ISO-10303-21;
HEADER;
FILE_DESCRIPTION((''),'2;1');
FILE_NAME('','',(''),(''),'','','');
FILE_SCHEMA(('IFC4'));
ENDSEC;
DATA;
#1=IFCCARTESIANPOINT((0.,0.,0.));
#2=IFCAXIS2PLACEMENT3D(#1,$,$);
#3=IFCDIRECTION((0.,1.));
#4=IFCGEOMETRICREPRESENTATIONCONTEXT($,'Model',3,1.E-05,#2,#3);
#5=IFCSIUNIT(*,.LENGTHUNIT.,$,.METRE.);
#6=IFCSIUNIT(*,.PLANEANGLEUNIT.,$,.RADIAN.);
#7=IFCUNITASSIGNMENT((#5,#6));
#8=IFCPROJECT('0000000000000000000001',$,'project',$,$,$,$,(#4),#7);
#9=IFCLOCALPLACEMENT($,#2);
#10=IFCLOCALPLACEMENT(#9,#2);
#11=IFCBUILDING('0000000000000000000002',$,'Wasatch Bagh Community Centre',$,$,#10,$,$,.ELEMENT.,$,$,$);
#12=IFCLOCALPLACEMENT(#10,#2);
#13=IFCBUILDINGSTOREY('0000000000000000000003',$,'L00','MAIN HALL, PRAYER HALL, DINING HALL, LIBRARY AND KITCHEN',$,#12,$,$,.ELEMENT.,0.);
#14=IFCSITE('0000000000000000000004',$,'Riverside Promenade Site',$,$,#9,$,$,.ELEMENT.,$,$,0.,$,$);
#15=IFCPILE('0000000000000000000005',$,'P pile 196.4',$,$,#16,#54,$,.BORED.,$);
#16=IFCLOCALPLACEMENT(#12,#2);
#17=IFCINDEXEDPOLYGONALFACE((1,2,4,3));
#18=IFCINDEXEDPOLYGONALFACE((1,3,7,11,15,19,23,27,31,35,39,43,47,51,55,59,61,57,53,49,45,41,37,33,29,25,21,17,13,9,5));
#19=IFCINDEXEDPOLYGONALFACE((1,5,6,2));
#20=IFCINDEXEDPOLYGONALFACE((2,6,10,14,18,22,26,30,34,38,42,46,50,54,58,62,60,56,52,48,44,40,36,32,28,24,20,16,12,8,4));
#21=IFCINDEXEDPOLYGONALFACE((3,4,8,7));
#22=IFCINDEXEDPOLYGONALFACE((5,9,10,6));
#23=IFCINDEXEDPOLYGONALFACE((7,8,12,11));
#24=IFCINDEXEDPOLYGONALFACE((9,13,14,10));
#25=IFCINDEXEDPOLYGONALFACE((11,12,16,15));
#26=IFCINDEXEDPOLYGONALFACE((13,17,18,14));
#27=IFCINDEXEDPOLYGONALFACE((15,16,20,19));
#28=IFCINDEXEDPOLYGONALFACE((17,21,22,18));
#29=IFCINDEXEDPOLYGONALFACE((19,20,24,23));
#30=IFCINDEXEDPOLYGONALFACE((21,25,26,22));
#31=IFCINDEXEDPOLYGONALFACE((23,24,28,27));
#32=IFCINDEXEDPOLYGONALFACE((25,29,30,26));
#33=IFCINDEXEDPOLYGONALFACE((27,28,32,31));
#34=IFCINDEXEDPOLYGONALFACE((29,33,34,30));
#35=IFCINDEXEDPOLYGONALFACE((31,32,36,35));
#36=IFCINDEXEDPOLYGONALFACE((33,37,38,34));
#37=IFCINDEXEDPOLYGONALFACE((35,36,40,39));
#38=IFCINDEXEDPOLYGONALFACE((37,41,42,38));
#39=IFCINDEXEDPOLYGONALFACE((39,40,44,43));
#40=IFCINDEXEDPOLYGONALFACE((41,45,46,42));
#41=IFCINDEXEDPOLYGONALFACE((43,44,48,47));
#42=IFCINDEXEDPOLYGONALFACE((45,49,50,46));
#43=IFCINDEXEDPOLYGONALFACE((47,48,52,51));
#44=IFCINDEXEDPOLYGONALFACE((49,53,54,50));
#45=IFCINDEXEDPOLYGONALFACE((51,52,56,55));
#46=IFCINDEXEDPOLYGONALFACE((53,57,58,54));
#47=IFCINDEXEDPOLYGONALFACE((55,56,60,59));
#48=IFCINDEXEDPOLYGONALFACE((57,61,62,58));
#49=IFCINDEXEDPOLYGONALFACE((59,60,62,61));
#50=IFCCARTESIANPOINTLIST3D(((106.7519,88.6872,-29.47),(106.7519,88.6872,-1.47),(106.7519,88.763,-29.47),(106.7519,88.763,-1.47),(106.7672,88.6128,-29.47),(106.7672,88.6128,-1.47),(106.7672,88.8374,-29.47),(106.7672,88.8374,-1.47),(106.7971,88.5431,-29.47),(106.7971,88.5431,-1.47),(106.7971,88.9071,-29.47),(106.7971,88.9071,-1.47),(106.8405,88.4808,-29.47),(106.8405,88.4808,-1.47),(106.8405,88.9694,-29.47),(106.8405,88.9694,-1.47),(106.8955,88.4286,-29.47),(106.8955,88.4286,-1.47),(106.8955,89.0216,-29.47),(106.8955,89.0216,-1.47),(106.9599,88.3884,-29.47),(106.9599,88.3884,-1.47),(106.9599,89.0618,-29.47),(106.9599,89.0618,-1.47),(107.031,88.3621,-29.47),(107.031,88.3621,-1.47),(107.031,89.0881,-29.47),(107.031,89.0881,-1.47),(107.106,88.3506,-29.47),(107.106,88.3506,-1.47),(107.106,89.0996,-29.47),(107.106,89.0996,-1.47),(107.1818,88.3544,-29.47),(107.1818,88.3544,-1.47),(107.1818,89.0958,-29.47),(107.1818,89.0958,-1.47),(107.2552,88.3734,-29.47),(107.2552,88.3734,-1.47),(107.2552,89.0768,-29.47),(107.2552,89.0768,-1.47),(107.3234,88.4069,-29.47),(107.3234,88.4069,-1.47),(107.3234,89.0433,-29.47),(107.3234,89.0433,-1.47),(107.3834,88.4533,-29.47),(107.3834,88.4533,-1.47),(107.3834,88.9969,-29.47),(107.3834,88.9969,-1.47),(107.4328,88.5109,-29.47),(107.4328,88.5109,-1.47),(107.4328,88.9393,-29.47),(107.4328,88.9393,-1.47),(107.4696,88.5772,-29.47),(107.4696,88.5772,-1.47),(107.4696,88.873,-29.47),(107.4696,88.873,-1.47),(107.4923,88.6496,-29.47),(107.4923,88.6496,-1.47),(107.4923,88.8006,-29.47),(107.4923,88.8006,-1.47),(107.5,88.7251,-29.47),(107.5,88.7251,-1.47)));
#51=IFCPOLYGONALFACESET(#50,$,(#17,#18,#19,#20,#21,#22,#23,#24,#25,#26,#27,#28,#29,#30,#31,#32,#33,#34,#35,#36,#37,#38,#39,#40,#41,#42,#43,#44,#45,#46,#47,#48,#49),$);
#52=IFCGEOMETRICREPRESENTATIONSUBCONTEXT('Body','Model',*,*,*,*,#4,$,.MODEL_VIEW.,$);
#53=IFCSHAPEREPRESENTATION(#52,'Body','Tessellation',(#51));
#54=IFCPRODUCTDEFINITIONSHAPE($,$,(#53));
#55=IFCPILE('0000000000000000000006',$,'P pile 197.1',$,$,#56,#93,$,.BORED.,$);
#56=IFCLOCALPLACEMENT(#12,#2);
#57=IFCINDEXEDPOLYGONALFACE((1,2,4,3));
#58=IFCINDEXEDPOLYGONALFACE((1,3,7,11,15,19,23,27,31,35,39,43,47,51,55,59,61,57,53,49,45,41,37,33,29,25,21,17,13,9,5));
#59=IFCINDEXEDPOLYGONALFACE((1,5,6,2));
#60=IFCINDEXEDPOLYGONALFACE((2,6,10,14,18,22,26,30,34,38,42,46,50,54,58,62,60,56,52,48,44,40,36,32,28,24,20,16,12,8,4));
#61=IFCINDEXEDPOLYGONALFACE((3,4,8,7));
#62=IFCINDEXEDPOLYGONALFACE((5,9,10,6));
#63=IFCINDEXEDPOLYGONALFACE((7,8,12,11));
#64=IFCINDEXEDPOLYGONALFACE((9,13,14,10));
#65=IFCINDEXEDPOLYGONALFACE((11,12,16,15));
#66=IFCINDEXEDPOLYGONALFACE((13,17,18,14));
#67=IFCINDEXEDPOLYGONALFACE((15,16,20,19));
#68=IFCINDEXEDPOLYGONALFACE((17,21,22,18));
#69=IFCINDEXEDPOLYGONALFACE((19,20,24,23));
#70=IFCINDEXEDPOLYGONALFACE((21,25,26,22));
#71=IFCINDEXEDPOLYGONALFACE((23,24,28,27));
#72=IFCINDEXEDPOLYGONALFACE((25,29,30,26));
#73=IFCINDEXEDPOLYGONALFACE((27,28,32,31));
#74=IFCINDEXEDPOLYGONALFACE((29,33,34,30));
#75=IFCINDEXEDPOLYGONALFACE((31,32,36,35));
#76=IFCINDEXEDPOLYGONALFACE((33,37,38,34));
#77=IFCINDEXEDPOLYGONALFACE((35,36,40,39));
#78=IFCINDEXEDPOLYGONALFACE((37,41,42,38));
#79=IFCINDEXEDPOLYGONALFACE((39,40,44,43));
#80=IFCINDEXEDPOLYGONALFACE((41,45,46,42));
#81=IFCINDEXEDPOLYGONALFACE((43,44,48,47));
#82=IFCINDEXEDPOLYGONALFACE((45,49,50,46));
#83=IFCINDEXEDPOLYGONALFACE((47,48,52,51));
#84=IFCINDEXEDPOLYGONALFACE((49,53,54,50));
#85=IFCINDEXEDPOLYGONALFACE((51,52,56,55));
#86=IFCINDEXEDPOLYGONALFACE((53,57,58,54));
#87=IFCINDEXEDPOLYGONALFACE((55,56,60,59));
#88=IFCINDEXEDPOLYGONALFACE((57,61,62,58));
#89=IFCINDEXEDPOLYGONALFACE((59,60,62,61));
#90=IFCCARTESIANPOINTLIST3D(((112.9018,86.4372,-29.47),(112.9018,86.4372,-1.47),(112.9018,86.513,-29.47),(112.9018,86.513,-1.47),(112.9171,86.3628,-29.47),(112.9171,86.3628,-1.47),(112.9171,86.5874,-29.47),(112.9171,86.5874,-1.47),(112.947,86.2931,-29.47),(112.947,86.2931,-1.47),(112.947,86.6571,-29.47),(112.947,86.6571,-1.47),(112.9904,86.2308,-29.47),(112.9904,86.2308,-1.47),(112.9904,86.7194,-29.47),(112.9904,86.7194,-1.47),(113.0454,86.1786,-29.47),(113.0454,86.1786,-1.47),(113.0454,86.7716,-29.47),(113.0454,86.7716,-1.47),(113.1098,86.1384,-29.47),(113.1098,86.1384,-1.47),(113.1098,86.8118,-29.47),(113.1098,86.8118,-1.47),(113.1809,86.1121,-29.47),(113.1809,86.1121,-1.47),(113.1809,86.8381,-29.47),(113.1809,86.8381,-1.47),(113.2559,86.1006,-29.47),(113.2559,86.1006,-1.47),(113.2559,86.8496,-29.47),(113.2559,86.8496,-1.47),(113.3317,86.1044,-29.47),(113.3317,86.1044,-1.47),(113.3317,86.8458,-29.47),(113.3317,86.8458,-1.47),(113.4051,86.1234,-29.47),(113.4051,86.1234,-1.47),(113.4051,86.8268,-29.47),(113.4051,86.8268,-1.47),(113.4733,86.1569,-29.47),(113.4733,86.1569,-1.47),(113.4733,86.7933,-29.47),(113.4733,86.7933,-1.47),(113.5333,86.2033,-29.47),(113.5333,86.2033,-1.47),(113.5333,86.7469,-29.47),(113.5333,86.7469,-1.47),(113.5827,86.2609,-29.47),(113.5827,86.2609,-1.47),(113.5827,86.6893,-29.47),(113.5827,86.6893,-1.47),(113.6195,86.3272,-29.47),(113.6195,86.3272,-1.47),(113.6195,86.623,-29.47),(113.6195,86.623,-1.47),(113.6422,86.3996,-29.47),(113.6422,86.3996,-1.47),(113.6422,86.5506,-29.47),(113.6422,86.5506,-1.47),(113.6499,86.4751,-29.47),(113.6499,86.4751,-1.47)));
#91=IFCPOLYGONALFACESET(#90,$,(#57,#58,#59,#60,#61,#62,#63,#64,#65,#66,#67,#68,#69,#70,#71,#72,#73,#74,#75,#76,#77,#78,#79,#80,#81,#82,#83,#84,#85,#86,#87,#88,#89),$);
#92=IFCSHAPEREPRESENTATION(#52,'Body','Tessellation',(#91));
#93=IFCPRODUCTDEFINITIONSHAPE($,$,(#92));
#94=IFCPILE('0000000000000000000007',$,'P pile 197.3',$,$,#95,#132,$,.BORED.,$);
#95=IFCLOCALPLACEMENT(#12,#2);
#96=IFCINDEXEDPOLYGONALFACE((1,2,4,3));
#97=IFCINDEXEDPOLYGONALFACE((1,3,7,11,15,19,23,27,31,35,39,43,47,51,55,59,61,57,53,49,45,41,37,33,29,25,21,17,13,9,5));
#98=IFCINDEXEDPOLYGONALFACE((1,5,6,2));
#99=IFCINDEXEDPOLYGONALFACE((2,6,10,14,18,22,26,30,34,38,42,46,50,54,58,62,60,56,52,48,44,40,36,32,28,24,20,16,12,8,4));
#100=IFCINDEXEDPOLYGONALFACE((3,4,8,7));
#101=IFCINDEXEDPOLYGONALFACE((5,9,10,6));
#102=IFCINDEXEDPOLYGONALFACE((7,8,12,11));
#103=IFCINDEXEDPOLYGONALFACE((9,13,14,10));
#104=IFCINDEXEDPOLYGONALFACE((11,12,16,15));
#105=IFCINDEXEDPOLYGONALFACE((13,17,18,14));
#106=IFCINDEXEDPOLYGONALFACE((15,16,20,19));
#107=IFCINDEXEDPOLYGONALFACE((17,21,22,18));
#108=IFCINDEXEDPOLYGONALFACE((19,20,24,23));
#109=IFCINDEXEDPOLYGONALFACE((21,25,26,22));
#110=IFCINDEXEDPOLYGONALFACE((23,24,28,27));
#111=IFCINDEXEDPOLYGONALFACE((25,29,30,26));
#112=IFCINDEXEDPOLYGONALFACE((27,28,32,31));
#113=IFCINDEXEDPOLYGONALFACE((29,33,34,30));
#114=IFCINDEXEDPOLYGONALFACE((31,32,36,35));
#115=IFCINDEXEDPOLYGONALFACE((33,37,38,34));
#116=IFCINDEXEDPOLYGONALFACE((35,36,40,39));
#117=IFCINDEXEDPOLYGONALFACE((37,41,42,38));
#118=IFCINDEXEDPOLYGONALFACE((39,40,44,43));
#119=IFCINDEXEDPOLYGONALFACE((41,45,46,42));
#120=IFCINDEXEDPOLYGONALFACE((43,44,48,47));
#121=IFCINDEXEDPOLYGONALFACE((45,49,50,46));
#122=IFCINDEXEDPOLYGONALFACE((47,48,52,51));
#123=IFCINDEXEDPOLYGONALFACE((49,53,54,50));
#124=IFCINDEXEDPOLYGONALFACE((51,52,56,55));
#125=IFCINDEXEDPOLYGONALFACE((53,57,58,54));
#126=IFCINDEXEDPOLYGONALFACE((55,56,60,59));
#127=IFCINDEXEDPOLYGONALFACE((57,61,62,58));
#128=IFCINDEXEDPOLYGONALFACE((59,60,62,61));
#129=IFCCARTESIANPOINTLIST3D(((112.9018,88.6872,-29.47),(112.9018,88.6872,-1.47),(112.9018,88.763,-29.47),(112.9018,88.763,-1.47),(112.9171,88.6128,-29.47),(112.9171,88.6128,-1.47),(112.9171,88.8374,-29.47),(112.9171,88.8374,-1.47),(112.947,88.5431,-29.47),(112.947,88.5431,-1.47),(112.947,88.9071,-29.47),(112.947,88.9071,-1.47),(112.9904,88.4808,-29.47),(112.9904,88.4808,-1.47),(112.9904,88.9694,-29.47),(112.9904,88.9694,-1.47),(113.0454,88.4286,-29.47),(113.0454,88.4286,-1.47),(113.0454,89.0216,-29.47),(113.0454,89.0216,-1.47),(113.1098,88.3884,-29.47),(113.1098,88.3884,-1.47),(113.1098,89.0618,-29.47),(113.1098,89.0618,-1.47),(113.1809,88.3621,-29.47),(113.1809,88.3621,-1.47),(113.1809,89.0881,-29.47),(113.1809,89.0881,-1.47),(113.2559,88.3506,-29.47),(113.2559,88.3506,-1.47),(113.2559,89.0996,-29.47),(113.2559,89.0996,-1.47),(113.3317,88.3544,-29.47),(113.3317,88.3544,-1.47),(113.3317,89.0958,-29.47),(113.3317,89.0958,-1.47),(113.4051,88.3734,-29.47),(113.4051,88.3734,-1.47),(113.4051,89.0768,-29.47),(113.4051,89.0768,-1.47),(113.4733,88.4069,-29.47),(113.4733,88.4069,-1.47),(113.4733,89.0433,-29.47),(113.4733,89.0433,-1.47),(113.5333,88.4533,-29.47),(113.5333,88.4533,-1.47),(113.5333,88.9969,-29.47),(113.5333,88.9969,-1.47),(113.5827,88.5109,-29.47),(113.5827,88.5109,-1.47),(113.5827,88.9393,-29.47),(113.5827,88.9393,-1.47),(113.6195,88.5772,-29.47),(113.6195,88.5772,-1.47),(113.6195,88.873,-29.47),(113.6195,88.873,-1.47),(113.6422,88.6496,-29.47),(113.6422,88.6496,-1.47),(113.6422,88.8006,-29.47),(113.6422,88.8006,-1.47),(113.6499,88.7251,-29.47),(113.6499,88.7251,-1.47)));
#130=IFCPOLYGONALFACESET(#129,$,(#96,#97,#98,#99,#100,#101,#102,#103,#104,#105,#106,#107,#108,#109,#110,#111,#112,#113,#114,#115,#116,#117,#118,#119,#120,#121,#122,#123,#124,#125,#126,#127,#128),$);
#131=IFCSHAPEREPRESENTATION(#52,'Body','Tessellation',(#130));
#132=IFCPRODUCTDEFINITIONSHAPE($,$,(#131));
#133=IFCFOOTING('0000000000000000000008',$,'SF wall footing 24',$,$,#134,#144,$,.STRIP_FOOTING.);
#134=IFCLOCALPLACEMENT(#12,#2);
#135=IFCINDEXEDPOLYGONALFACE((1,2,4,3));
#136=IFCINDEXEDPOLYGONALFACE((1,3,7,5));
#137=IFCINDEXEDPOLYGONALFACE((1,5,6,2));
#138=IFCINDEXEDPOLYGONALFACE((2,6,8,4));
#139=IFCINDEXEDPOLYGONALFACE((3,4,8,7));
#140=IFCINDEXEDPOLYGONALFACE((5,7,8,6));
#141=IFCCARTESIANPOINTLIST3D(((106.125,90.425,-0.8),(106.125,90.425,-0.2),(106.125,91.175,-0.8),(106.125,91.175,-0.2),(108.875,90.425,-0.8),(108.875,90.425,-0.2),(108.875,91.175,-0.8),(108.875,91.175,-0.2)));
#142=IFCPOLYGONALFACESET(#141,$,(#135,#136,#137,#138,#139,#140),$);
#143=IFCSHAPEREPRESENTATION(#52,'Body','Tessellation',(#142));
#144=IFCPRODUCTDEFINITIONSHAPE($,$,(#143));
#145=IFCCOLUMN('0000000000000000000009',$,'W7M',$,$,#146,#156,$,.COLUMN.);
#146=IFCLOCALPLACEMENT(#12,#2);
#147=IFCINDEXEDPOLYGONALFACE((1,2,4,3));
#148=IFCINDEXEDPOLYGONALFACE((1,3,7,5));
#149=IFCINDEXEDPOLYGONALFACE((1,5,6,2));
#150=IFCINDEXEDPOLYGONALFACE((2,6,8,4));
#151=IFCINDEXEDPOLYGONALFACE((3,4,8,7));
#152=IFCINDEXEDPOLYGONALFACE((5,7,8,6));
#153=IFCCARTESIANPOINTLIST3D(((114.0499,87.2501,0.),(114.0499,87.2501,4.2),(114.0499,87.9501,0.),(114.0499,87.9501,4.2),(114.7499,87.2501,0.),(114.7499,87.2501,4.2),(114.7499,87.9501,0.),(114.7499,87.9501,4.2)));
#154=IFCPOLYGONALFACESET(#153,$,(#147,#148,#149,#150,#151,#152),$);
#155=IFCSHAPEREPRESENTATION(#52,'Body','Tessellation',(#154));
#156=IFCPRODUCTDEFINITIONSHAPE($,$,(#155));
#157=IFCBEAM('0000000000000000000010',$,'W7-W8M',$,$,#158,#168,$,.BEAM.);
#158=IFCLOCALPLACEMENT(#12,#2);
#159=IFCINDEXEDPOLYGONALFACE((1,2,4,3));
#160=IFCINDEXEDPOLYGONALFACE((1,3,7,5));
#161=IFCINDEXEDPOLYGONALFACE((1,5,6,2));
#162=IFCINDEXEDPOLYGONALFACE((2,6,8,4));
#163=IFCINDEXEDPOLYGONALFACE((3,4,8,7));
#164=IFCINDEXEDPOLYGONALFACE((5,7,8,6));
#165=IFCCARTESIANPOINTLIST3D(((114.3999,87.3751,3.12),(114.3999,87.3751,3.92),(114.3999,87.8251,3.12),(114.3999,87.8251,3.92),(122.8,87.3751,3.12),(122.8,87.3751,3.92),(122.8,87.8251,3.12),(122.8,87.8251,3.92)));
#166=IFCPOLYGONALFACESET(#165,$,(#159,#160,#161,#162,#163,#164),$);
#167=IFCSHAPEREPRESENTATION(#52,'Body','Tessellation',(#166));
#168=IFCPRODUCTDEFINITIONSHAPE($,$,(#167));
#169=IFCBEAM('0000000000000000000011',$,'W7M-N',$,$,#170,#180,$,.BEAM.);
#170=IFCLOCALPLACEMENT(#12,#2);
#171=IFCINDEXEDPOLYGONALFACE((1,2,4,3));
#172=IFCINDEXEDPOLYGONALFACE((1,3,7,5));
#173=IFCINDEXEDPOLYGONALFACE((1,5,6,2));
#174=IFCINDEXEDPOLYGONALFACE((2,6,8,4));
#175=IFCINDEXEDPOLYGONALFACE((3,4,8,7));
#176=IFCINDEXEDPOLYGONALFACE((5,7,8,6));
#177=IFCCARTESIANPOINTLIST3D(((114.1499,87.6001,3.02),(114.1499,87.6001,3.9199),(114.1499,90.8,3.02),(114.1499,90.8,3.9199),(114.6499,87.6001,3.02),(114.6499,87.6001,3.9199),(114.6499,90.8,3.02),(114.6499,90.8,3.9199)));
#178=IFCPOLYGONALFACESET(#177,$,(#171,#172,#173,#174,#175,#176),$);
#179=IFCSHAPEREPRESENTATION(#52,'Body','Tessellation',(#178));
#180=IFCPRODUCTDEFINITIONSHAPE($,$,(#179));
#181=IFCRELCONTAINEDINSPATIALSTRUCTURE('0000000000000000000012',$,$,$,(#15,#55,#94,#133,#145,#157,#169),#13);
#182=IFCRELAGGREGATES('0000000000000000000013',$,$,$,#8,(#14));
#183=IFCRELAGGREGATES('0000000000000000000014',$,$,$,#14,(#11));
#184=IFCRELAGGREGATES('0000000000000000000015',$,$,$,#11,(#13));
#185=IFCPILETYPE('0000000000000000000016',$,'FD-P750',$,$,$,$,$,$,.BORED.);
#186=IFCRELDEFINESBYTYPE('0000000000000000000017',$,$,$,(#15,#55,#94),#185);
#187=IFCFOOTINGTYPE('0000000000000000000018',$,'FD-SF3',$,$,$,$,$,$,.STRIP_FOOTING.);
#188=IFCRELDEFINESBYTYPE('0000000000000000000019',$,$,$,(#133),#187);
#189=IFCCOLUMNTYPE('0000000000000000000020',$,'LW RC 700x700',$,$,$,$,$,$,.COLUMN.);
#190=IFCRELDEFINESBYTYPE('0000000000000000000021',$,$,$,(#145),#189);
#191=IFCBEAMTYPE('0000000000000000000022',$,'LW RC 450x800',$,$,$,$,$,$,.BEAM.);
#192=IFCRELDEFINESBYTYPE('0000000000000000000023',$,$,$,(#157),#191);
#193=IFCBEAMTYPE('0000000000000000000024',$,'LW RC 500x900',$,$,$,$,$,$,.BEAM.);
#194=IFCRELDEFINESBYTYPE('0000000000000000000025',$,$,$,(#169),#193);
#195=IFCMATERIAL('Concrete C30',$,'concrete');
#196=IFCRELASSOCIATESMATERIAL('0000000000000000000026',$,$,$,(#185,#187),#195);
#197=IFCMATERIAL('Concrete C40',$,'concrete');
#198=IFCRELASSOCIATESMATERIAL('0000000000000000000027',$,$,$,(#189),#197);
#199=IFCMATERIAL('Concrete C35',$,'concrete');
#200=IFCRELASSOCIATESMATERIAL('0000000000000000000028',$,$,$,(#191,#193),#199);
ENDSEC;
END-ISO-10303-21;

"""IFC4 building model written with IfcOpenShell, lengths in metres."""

from ifc_helpers import new_model, si_unit, direction, frame, origin, origin_2d, place, context, subcontext, project, spatial, rectangle, circle, extrude, material, material_profile, profile_set, type_object, element, save


model = new_model("IFC4")

# Units and contexts
model_context = context("Model", 3, precision=1e-05, world=origin(), true_north=direction((0.0, 1.0)))
body_context = subcontext(model_context, "Body", "Model", "MODEL_VIEW")
ifc_project = project(units=[si_unit("LENGTHUNIT", "METRE"), si_unit("PLANEANGLEUNIT", "RADIAN")], contexts=[model_context])

# Site, building, storey
site_placement = place(None, origin())
site = spatial("IfcSite", under=ifc_project, at=site_placement, Name="Riverside Promenade Site", CompositionType="ELEMENT", RefElevation=0.0)
building_placement = place(site_placement, origin())
building = spatial("IfcBuilding", under=site, at=building_placement, Name="Wasatch Bagh Community Centre", CompositionType="ELEMENT")
storey_placement = place(building_placement, origin())
storey = spatial("IfcBuildingStorey", under=building, at=storey_placement, Name="L00", Description="MAIN HALL, PRAYER HALL, DINING HALL, LIBRARY AND KITCHEN", CompositionType="ELEMENT", Elevation=0.0)

# Shared definitions
ifc_material_1 = material(Name="Concrete C35", Category="concrete")

# Piles
ifc_material_2 = material(Name="Concrete C30", Category="concrete")
ifc_material_profile_1 = material_profile(ifc_material_2, circle(Radius=0.375, at=origin_2d()), Name="RC D750")
ifc_profile_set_1 = profile_set([ifc_material_profile_1], Name="Concrete C30")
pile_type_1 = type_object("IfcPileType", Name="FD-P750", PredefinedType="BORED", material=ifc_profile_set_1)
for number, where, z_axis, x_axis, name in (
    (1, (107.125, 88.7251, -1.47), (0.0, 0.0, -1.0), (1.0, 0.0, 0.0), "P pile 196.4"),
    (2, (113.2749, 86.4751, -1.47), (0.0, 0.0, -1.0), (1.0, 0.0, 0.0), "P pile 197.1"),
    (3, (113.2749, 88.7251, -1.47), (0.0, 0.0, -1.0), (1.0, 0.0, 0.0), "P pile 197.3"),
):
    element("IfcPile", number, at=place(storey_placement, frame(where, z_axis=z_axis, x_axis=x_axis)), inside=storey, type_object=pile_type_1, Name=name, PredefinedType="BORED", context=body_context, shape_type="SweptSolid", body=[
        extrude(circle(Radius=0.375, at=origin_2d()), origin(), (0.0, 0.0, 1.0), 28.0),
    ])

# Footing
footing_type_1 = type_object("IfcFootingType", Name="FD-SF3", PredefinedType="STRIP_FOOTING", material=ifc_material_2)
footing_1_placement = place(storey_placement, frame((107.5, 90.8, -0.8), z_axis=(0.0, 0.0, 1.0), x_axis=(1.0, 0.0, 0.0)))
element("IfcFooting", 4, at=footing_1_placement, inside=storey, type_object=footing_type_1, Name="SF wall footing 24", PredefinedType="STRIP_FOOTING", context=body_context, shape_type="SweptSolid", body=[
    extrude(rectangle(XDim=2.75, YDim=0.75, at=origin_2d()), origin(), (0.0, 0.0, 1.0), 0.6001),
])

# Column
ifc_material_3 = material(Name="Concrete C40", Category="concrete")
ifc_material_profile_2 = material_profile(ifc_material_3, rectangle(XDim=0.7, YDim=0.7, at=origin_2d()), Name="RC 700x700")
ifc_profile_set_2 = profile_set([ifc_material_profile_2], Name="Concrete C40")
column_type = type_object("IfcColumnType", Name="LW RC 700x700", PredefinedType="COLUMN", material=ifc_profile_set_2)
column_placement = place(storey_placement, frame((114.3999, 87.6001, 0.0), z_axis=(0.0, 0.0, 1.0), x_axis=(1.0, 0.0, 0.0)))
element("IfcColumn", 5, at=column_placement, inside=storey, type_object=column_type, Name="W7M", PredefinedType="COLUMN", context=body_context, shape_type="SweptSolid", body=[
    extrude(rectangle(XDim=0.7, YDim=0.7, at=origin_2d()), origin(), (0.0, 0.0, 1.0), 4.2),
])

# Beams
ifc_material_profile_3 = material_profile(ifc_material_1, rectangle(XDim=0.45, YDim=0.8, at=origin_2d()), Name="RC 450x800")
ifc_profile_set_3 = profile_set([ifc_material_profile_3], Name="Concrete C35")
beam_type_1 = type_object("IfcBeamType", Name="LW RC 450x800", PredefinedType="BEAM", material=ifc_profile_set_3)
beam_1_placement = place(storey_placement, frame((114.3999, 87.6001, 3.52), z_axis=(1.0, 0.0, 0.0), x_axis=(0.0, 1.0, 0.0)))
element("IfcBeam", 6, at=beam_1_placement, inside=storey, type_object=beam_type_1, Name="W7-W8M", PredefinedType="BEAM", context=body_context, shape_type="SweptSolid", body=[
    extrude(rectangle(XDim=0.45, YDim=0.8, at=origin_2d()), origin(), (0.0, 0.0, 1.0), 8.4001),
])
ifc_material_profile_4 = material_profile(ifc_material_1, rectangle(XDim=0.5, YDim=0.8999, at=origin_2d()), Name="RC 500x900")
ifc_profile_set_4 = profile_set([ifc_material_profile_4], Name="Concrete C35")
beam_type_2 = type_object("IfcBeamType", Name="LW RC 500x900", PredefinedType="BEAM", material=ifc_profile_set_4)
beam_2_placement = place(storey_placement, frame((114.3999, 87.6001, 3.47), z_axis=(0.0, 1.0, 0.0), x_axis=(-1.0, 0.0, 0.0)))
element("IfcBeam", 7, at=beam_2_placement, inside=storey, type_object=beam_type_2, Name="W7M-N", PredefinedType="BEAM", context=body_context, shape_type="SweptSolid", body=[
    extrude(rectangle(XDim=0.5, YDim=0.8999, at=origin_2d()), origin(), (0.0, 0.0, 1.0), 3.2),
])

save(model, "model.ifc")
